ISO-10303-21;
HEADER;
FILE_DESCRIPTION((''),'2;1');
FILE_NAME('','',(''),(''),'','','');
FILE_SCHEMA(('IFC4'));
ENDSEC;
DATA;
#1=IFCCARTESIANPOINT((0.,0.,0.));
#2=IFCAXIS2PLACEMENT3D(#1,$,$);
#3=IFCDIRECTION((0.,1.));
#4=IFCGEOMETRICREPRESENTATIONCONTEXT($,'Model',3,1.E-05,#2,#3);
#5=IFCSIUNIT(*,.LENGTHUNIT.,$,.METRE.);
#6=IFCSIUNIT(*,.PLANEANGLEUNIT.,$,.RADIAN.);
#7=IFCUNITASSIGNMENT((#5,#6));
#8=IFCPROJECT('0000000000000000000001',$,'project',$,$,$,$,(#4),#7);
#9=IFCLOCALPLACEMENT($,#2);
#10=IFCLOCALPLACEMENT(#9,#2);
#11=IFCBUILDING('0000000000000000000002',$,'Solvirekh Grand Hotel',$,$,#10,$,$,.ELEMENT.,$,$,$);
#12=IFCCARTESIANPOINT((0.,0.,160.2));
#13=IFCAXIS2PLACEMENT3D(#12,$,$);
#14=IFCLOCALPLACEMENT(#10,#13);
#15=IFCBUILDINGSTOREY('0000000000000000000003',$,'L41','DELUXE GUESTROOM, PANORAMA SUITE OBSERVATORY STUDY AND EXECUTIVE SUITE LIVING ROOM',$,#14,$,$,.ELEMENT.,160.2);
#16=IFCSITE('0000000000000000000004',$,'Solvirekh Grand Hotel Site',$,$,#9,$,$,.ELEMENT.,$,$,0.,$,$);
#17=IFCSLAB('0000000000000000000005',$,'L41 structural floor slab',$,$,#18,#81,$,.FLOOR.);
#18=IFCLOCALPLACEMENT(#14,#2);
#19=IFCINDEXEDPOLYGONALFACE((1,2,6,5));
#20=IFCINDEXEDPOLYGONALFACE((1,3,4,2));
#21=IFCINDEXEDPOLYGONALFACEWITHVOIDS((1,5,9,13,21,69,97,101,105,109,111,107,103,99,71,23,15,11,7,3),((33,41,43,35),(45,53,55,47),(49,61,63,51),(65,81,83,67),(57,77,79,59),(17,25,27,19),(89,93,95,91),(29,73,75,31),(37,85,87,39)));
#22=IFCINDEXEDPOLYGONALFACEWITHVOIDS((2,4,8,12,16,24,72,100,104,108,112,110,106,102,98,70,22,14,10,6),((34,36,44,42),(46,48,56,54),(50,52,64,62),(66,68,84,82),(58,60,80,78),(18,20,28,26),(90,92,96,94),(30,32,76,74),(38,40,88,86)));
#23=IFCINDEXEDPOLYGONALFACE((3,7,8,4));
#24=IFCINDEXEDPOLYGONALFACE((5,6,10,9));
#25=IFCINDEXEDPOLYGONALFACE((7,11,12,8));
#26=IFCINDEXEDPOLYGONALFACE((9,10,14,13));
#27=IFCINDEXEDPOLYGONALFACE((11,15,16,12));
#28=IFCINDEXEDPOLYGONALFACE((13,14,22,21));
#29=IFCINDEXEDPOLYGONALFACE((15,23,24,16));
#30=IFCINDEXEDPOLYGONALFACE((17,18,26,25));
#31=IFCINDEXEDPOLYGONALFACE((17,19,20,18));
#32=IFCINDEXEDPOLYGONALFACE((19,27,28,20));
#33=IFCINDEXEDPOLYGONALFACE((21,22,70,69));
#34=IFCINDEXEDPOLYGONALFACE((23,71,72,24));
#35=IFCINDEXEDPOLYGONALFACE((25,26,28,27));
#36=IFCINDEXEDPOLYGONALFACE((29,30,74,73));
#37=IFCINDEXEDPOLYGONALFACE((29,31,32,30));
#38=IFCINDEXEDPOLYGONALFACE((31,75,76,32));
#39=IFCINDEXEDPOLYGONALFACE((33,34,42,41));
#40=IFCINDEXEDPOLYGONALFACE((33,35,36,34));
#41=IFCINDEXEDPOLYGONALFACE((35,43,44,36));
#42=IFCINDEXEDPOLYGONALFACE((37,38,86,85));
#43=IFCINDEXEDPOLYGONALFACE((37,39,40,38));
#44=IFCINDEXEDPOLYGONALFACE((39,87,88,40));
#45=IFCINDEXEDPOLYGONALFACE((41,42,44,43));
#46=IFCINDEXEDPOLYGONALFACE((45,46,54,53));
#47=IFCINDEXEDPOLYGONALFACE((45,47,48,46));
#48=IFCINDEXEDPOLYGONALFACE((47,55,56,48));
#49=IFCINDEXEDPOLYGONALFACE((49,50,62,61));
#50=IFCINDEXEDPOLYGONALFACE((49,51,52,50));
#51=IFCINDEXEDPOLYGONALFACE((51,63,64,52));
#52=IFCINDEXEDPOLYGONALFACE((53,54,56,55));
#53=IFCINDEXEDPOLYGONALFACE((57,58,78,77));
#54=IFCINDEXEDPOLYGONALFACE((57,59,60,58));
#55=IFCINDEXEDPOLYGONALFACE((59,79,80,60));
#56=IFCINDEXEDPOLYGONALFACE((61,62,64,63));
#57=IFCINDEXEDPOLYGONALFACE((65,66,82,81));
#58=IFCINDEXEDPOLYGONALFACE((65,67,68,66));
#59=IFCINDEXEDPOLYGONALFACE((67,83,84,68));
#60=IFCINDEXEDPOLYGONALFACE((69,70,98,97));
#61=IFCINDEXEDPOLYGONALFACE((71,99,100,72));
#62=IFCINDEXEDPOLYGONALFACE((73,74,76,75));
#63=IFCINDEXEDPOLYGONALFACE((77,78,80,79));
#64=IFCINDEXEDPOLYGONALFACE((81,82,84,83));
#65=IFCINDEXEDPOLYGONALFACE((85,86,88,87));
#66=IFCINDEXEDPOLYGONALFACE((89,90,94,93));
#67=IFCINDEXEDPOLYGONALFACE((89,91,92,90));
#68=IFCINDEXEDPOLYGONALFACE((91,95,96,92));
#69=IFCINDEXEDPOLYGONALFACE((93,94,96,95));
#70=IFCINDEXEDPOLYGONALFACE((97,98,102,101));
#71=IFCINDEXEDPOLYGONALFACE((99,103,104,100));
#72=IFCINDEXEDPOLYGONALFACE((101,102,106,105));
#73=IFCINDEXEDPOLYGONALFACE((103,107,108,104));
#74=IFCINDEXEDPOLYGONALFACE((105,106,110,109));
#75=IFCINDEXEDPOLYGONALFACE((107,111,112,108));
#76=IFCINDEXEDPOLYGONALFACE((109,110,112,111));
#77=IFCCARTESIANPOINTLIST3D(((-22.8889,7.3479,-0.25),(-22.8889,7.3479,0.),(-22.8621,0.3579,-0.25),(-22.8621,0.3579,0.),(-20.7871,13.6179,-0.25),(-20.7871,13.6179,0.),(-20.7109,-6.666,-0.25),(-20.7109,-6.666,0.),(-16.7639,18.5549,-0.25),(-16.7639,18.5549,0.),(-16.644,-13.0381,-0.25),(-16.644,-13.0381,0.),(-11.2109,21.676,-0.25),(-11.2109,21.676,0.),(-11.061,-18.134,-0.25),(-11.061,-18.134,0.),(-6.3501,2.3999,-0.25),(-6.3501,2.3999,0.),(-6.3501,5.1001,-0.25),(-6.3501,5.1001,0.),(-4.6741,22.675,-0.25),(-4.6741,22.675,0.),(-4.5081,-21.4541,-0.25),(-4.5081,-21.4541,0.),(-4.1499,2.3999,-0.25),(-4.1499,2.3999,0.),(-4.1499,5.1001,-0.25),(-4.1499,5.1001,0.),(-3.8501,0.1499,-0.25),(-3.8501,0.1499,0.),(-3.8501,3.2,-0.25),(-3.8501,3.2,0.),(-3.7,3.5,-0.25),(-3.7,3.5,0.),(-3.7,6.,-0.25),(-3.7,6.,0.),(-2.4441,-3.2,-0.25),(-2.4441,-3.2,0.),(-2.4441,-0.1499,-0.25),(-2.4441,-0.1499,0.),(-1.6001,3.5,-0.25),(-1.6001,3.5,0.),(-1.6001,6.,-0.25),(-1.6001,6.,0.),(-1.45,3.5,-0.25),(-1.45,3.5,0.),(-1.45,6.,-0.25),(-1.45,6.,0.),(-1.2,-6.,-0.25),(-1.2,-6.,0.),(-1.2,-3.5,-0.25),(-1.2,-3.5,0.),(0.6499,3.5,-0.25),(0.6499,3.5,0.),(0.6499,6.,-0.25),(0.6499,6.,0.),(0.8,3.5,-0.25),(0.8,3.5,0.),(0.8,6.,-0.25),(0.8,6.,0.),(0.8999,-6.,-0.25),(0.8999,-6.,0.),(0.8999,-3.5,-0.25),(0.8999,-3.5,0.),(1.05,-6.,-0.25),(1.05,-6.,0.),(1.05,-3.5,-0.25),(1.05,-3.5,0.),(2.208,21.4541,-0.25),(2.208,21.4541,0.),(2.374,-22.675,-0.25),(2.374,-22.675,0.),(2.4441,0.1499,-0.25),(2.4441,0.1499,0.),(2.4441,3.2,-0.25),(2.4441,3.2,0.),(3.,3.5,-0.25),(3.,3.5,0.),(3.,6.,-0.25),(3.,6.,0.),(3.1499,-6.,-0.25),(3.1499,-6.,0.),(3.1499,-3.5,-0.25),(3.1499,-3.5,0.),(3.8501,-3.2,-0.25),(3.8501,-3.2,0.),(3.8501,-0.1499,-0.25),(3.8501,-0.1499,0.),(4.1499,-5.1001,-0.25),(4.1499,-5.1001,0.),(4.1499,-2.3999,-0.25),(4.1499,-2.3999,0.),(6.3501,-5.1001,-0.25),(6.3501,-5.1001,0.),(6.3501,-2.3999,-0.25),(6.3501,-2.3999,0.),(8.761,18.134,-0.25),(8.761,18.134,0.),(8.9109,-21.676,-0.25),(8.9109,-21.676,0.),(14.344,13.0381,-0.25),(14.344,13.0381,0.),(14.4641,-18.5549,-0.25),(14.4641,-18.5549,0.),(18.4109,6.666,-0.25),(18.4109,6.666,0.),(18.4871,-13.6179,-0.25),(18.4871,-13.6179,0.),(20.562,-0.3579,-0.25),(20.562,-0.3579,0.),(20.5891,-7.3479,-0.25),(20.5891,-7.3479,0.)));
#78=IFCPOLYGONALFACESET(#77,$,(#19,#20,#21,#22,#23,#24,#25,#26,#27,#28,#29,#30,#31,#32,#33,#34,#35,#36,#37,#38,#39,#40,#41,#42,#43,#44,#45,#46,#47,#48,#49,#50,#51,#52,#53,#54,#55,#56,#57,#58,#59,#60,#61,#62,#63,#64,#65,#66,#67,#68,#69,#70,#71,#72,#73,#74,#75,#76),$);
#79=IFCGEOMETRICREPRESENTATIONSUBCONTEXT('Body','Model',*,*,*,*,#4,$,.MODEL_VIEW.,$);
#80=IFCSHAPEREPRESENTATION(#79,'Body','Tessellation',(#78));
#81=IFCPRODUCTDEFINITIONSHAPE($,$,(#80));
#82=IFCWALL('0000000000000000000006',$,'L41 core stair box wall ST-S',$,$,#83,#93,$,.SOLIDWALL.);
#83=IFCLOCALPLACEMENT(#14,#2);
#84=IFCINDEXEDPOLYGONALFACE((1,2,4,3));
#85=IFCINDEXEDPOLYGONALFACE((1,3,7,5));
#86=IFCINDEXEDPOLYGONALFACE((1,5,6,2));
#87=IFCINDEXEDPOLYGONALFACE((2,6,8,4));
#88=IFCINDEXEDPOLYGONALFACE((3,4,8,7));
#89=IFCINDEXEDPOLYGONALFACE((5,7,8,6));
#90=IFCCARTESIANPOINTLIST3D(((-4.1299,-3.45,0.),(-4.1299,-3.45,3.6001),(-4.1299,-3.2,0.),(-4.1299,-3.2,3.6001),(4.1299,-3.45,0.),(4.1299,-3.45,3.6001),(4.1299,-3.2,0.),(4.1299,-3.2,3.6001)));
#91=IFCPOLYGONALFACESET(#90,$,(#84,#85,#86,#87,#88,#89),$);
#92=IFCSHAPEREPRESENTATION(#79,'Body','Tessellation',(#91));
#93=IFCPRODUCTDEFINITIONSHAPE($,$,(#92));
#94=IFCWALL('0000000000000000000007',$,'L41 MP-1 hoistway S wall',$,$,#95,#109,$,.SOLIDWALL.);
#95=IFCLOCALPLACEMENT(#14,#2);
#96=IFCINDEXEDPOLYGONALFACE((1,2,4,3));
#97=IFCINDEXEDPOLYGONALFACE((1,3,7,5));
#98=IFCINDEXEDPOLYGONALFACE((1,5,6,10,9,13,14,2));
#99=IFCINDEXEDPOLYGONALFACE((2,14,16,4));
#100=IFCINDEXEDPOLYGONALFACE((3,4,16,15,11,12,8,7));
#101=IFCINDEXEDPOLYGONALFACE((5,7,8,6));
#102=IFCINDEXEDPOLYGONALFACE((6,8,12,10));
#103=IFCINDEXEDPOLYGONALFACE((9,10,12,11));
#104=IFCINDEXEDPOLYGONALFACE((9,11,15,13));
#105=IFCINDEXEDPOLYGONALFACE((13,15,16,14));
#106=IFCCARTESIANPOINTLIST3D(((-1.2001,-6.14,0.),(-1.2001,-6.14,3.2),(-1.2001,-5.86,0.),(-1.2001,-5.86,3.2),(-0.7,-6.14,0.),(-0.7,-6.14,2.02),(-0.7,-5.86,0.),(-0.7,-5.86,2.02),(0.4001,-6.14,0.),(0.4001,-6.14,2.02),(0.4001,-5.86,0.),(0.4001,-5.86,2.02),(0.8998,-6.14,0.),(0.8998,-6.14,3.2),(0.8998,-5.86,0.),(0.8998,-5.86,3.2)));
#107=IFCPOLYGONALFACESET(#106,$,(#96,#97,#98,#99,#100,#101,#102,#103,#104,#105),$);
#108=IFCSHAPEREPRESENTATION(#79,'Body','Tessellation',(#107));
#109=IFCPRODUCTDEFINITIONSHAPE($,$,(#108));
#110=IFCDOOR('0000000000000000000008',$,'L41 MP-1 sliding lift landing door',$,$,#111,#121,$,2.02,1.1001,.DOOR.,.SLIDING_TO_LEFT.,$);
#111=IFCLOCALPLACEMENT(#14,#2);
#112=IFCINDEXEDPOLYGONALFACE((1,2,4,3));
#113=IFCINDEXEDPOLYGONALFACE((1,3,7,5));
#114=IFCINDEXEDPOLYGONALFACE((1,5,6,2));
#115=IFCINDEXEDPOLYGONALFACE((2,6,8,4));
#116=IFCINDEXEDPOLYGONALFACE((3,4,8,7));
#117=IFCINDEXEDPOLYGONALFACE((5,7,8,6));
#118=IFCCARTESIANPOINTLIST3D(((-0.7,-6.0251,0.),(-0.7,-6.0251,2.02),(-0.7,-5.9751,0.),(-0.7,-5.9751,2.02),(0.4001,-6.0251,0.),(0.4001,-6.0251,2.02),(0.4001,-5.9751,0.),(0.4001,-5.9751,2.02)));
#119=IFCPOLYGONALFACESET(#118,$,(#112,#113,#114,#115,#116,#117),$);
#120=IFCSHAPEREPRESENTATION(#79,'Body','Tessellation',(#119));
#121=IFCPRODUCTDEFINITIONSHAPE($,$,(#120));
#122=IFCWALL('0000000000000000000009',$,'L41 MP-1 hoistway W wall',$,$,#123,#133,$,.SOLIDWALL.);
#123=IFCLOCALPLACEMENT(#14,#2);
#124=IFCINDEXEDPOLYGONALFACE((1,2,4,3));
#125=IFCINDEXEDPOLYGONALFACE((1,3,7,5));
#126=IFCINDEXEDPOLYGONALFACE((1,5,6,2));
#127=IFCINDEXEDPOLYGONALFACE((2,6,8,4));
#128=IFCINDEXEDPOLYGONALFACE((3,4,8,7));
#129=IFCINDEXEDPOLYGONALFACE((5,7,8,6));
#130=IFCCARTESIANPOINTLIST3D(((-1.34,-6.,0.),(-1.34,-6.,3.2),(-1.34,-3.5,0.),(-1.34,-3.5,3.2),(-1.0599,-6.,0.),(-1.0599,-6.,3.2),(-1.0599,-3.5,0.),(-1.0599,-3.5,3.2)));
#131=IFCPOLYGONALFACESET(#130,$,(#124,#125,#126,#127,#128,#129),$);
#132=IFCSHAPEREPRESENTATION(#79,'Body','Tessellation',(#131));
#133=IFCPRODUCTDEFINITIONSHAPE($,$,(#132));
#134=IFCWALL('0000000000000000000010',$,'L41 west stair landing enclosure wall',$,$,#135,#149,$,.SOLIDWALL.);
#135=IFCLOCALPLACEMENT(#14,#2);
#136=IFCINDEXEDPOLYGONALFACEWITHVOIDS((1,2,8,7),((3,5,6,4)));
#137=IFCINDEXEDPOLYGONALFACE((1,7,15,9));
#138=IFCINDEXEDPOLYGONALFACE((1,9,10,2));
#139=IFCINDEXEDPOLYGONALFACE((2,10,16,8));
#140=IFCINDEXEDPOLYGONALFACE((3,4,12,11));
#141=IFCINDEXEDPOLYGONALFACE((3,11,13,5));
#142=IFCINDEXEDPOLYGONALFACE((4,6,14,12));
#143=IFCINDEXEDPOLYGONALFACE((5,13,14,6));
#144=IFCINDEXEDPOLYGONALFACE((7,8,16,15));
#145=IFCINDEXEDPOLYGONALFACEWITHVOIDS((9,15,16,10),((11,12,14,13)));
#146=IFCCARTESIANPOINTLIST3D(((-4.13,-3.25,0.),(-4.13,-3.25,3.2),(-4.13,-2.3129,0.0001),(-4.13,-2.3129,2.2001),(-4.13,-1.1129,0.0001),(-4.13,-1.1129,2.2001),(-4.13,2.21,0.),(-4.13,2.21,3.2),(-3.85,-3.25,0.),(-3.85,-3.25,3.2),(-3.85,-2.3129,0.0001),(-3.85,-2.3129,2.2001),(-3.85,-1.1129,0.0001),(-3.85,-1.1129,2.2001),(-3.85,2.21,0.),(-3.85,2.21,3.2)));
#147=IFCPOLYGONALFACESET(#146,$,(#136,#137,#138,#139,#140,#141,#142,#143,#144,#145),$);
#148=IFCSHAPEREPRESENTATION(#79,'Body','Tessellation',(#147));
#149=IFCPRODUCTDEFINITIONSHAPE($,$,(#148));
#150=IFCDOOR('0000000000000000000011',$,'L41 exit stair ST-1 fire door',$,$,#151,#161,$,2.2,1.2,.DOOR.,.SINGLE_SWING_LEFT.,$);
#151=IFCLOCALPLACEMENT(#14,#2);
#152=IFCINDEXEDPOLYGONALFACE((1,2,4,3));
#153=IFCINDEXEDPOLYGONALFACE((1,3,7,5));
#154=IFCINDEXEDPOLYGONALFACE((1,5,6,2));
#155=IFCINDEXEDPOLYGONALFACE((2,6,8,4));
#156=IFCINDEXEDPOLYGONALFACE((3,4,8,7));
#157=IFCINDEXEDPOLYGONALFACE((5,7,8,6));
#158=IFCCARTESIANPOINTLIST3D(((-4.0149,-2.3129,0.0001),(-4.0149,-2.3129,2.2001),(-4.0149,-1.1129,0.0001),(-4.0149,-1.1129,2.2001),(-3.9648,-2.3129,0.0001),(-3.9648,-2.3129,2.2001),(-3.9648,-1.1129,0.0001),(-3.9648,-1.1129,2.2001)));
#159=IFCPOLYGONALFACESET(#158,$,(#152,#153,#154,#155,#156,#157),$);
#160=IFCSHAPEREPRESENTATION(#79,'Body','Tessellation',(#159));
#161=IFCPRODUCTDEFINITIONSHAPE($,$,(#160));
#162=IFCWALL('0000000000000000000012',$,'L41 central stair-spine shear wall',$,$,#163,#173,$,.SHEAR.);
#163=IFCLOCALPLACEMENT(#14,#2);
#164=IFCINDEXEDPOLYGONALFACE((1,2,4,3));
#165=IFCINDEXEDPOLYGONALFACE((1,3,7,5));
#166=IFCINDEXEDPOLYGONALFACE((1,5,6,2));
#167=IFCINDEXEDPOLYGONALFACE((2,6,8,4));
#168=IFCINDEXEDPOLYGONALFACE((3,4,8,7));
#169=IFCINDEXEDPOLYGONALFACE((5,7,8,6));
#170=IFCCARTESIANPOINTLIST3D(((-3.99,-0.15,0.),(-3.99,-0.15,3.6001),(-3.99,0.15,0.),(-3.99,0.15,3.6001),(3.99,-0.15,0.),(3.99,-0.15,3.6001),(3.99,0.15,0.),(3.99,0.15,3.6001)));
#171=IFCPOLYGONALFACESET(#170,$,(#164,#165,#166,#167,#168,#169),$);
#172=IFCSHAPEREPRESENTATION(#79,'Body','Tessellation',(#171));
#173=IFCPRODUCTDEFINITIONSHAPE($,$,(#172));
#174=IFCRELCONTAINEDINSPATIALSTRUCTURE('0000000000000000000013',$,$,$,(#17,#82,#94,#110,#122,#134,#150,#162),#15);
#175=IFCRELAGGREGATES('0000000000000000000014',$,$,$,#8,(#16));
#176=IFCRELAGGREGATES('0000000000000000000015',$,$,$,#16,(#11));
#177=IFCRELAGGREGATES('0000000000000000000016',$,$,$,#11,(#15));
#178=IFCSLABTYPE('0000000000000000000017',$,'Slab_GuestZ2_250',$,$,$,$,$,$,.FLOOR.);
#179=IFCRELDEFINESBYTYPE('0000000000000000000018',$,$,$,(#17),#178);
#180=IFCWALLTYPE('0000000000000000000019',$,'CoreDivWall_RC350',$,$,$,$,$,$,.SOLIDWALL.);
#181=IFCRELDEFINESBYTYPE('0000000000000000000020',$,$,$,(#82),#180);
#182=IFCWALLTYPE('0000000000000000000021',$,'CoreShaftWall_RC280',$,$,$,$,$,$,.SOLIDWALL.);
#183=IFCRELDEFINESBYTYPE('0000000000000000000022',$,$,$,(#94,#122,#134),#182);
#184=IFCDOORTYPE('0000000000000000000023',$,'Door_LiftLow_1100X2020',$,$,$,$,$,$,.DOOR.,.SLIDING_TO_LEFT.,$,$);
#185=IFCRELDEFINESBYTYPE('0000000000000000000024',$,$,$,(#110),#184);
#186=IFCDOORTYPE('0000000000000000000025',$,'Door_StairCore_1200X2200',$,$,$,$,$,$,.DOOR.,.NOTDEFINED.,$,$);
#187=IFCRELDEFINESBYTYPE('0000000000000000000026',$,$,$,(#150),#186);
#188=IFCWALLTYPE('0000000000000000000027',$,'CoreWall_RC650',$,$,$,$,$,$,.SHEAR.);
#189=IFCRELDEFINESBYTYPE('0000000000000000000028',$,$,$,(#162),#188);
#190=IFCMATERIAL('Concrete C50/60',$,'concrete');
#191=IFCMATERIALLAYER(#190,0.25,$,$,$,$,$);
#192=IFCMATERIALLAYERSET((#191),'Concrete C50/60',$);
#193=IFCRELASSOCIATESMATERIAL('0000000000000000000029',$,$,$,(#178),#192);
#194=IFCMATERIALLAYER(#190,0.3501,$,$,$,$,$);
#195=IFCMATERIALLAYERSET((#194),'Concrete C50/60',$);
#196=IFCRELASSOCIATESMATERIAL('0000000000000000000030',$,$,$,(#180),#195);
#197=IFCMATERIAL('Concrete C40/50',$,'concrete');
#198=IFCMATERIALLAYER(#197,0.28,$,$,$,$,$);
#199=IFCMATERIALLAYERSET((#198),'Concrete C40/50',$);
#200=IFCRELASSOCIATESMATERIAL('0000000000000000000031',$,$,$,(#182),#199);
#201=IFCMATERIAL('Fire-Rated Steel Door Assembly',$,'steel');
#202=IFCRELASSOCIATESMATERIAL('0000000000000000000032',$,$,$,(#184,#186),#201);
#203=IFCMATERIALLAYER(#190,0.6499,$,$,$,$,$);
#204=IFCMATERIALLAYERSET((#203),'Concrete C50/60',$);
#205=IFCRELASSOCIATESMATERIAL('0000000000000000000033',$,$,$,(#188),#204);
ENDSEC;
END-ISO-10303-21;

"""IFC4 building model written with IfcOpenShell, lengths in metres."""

from ifc_helpers import new_model, si_unit, direction, frame, frame_2d, origin, place, context, subcontext, project, spatial, polyline, rectangle, outline, extrude, material, layer, layer_set, type_object, element, fill, save


model = new_model("IFC4")

# Units and contexts
model_context = context("Model", 3, precision=1e-05, world=origin(), true_north=direction((0.0, 1.0)))
body_context = subcontext(model_context, "Body", "Model", "MODEL_VIEW")
ifc_project = project(units=[si_unit("LENGTHUNIT", "METRE"), si_unit("PLANEANGLEUNIT", "RADIAN")], contexts=[model_context])

# Site, building, storey
site_placement = place(None, origin())
site = spatial("IfcSite", under=ifc_project, at=site_placement, Name="Solvirekh Grand Hotel Site", CompositionType="ELEMENT", RefElevation=0.0)
building_placement = place(site_placement, origin())
building = spatial("IfcBuilding", under=site, at=building_placement, Name="Solvirekh Grand Hotel", CompositionType="ELEMENT")
storey_placement = place(building_placement, frame((0.0, 0.0, 160.2)))
storey = spatial("IfcBuildingStorey", under=building, at=storey_placement, Name="L41", Description="DELUXE GUESTROOM, PANORAMA SUITE OBSERVATORY STUDY AND EXECUTIVE SUITE LIVING ROOM", CompositionType="ELEMENT", Elevation=160.2)

# Slab
ifc_material_1 = material(Name="Concrete C50/60", Category="concrete")
ifc_layer_1 = layer(ifc_material_1, 0.25)
ifc_layer_set_1 = layer_set([ifc_layer_1], Name="Concrete C50/60")
slab_type_1 = type_object("IfcSlabType", Name="Slab_GuestZ2_250", PredefinedType="FLOOR", material=ifc_layer_set_1)
slab_1_placement = place(storey_placement, frame((0.0, 0.0, -0.25)))
element("IfcSlab", 1, at=slab_1_placement, inside=storey, type_object=slab_type_1, Name="L41 structural floor slab", PredefinedType="FLOOR", context=body_context, shape_type="SweptSolid", body=[
    extrude(outline(polyline([(14.4641, -18.5549), (18.4871, -13.6179), (20.5891, -7.3479), (20.562, -0.3579), (18.4109, 6.666), (14.344, 13.0381), (8.761, 18.134), (2.208, 21.4541), (-4.6741, 22.675), (-11.2109, 21.676), (-16.7639, 18.5549), (-20.7871, 13.6179), (-22.8889, 7.3479), (-22.8621, 0.3579), (-20.7109, -6.666), (-16.644, -13.0381), (-11.061, -18.134), (-4.5081, -21.4541), (2.374, -22.675), (8.9109, -21.676), (14.4641, -18.5549)]), holes=[polyline([(-2.4441, -0.1499), (3.8501, -0.1499), (3.8501, -3.2), (-2.4441, -3.2), (-2.4441, -0.1499)]), polyline([(2.4441, 0.1499), (-3.8501, 0.1499), (-3.8501, 3.2), (2.4441, 3.2), (2.4441, 0.1499)]), polyline([(-1.2, -3.5), (0.8999, -3.5), (0.8999, -6.0), (-1.2, -6.0), (-1.2, -3.5)]), polyline([(1.05, -3.5), (3.1499, -3.5), (3.1499, -6.0), (1.05, -6.0), (1.05, -3.5)]), polyline([(-3.7, 6.0), (-1.6001, 6.0), (-1.6001, 3.5), (-3.7, 3.5), (-3.7, 6.0)]), polyline([(-1.45, 6.0), (0.6499, 6.0), (0.6499, 3.5), (-1.45, 3.5), (-1.45, 6.0)]), polyline([(0.8, 6.0), (3.0, 6.0), (3.0, 3.5), (0.8, 3.5), (0.8, 6.0)]), polyline([(-6.3501, 5.1001), (-4.1499, 5.1001), (-4.1499, 2.3999), (-6.3501, 2.3999), (-6.3501, 5.1001)]), polyline([(4.1499, -2.3999), (6.3501, -2.3999), (6.3501, -5.1001), (4.1499, -5.1001), (4.1499, -2.3999)])]), origin(), (0.0, 0.0, 1.0), 0.25),
])

# Wall
ifc_layer_2 = layer(ifc_material_1, 0.3501)
ifc_layer_set_2 = layer_set([ifc_layer_2], Name="Concrete C50/60")
wall_type_1 = type_object("IfcWallType", Name="CoreDivWall_RC350", PredefinedType="SOLIDWALL", material=ifc_layer_set_2)
wall_1_placement = place(storey_placement, frame((-4.1299, -3.325, 0.0), z_axis=(0.0, 0.0, 1.0), x_axis=(1.0, 0.0, 0.0)))
element("IfcWall", 2, at=wall_1_placement, inside=storey, type_object=wall_type_1, Name="L41 core stair box wall ST-S", PredefinedType="SOLIDWALL", context=body_context, shape_type="SweptSolid", body=[
    extrude(rectangle(XDim=8.2598, YDim=0.25, at=frame_2d((4.1299, 0.0))), origin(), (0.0, 0.0, 1.0), 3.6001),
])

# Wall, opening, door
ifc_material_2 = material(Name="Concrete C40/50", Category="concrete")
ifc_layer_3 = layer(ifc_material_2, 0.28)
ifc_layer_set_3 = layer_set([ifc_layer_3], Name="Concrete C40/50")
wall_type_2 = type_object("IfcWallType", Name="CoreShaftWall_RC280", PredefinedType="SOLIDWALL", material=ifc_layer_set_3)
wall_2_placement = place(storey_placement, frame((-1.2, -6.0, 0.0), z_axis=(0.0, 0.0, 1.0), x_axis=(1.0, 0.0, 0.0)))
wall_2 = element("IfcWall", 3, at=wall_2_placement, inside=storey, type_object=wall_type_2, Name="L41 MP-1 hoistway S wall", PredefinedType="SOLIDWALL", context=body_context, shape_type="SweptSolid", body=[
    extrude(rectangle(XDim=2.0999, YDim=0.28, at=frame_2d((1.0498, 0.0))), origin(), (0.0, 0.0, 1.0), 3.2),
])
opening_1_placement = place(wall_2_placement, frame((0.5, 0.0, 0.0)))
opening_1 = element("IfcOpeningElement", 4, at=opening_1_placement, cuts=wall_2, PredefinedType="OPENING", context=body_context, shape_type="SweptSolid", body=[
    extrude(rectangle(XDim=1.1001, YDim=2.02, at=frame_2d((0.55, 1.01))), frame((0.0, 0.1499, 0.0), z_axis=(0.0, -1.0, 0.0), x_axis=(1.0, 0.0, 0.0)), (0.0, 0.0, 1.0), 0.3),
])
ifc_material_3 = material(Name="Fire-Rated Steel Door Assembly", Category="steel")
door_type_1 = type_object("IfcDoorType", Name="Door_LiftLow_1100X2020", OperationType="SLIDING_TO_LEFT", PredefinedType="DOOR", material=ifc_material_3)
door_1_placement = place(opening_1_placement, origin())
door_1 = element("IfcDoor", 5, at=door_1_placement, inside=storey, type_object=door_type_1, Name="L41 MP-1 sliding lift landing door", OperationType="SLIDING_TO_LEFT", OverallHeight=2.02, OverallWidth=1.1001, PredefinedType="DOOR", context=body_context, shape_type="SweptSolid", body=[
    extrude(rectangle(XDim=1.1001, YDim=2.02, at=frame_2d((0.55, 1.01))), frame((0.0, 0.0249, 0.0), z_axis=(0.0, -1.0, 0.0), x_axis=(1.0, 0.0, 0.0)), (0.0, 0.0, 1.0), 0.05),
])
fill(opening_1, door_1)

# Wall
wall_3_placement = place(storey_placement, frame((-1.2, -3.5, 0.0), z_axis=(0.0, 0.0, 1.0), x_axis=(0.0, -1.0, 0.0)))
element("IfcWall", 6, at=wall_3_placement, inside=storey, type_object=wall_type_2, Name="L41 MP-1 hoistway W wall", PredefinedType="SOLIDWALL", context=body_context, shape_type="SweptSolid", body=[
    extrude(rectangle(XDim=2.5, YDim=0.28, at=frame_2d((1.25, 0.0))), origin(), (0.0, 0.0, 1.0), 3.2),
])

# Wall, opening, door
wall_4_placement = place(storey_placement, frame((-3.99, -3.25, 0.0), z_axis=(0.0, 0.0, 1.0), x_axis=(0.0, 1.0, 0.0)))
wall_4 = element("IfcWall", 7, at=wall_4_placement, inside=storey, type_object=wall_type_2, Name="L41 west stair landing enclosure wall", PredefinedType="SOLIDWALL", context=body_context, shape_type="SweptSolid", body=[
    extrude(rectangle(XDim=5.46, YDim=0.28, at=frame_2d((2.73, 0.0))), origin(), (0.0, 0.0, 1.0), 3.2),
])
opening_2_placement = place(wall_4_placement, frame((0.937, 0.0, 0.0)))
opening_2 = element("IfcOpeningElement", 8, at=opening_2_placement, cuts=wall_4, PredefinedType="OPENING", context=body_context, shape_type="SweptSolid", body=[
    extrude(rectangle(XDim=1.2, YDim=2.2, at=frame_2d((0.6001, 1.1001))), frame((0.0, 0.1499, 0.0), z_axis=(0.0, -1.0, 0.0), x_axis=(1.0, 0.0, 0.0)), (0.0, 0.0, 1.0), 0.3),
])
door_type_2 = type_object("IfcDoorType", Name="Door_StairCore_1200X2200", OperationType="NOTDEFINED", PredefinedType="DOOR", material=ifc_material_3)
door_2_placement = place(opening_2_placement, origin())
door_2 = element("IfcDoor", 9, at=door_2_placement, inside=storey, type_object=door_type_2, Name="L41 exit stair ST-1 fire door", OperationType="SINGLE_SWING_LEFT", OverallHeight=2.2, OverallWidth=1.2, PredefinedType="DOOR", context=body_context, shape_type="SweptSolid", body=[
    extrude(rectangle(XDim=1.2, YDim=2.2, at=frame_2d((0.6001, 1.1001))), frame((0.0, 0.0249, 0.0), z_axis=(0.0, -1.0, 0.0), x_axis=(1.0, 0.0, 0.0)), (0.0, 0.0, 1.0), 0.05),
])
fill(opening_2, door_2)

# Wall
ifc_layer_4 = layer(ifc_material_1, 0.6499)
ifc_layer_set_4 = layer_set([ifc_layer_4], Name="Concrete C50/60")
wall_type_3 = type_object("IfcWallType", Name="CoreWall_RC650", PredefinedType="SHEAR", material=ifc_layer_set_4)
wall_5_placement = place(storey_placement, frame((-3.99, 0.0, 0.0), z_axis=(0.0, 0.0, 1.0), x_axis=(1.0, 0.0, 0.0)))
element("IfcWall", 10, at=wall_5_placement, inside=storey, type_object=wall_type_3, Name="L41 central stair-spine shear wall", PredefinedType="SHEAR", context=body_context, shape_type="SweptSolid", body=[
    extrude(rectangle(XDim=7.98, YDim=0.3, at=frame_2d((3.99, 0.0))), origin(), (0.0, 0.0, 1.0), 3.6001),
])

save(model, "model.ifc")
